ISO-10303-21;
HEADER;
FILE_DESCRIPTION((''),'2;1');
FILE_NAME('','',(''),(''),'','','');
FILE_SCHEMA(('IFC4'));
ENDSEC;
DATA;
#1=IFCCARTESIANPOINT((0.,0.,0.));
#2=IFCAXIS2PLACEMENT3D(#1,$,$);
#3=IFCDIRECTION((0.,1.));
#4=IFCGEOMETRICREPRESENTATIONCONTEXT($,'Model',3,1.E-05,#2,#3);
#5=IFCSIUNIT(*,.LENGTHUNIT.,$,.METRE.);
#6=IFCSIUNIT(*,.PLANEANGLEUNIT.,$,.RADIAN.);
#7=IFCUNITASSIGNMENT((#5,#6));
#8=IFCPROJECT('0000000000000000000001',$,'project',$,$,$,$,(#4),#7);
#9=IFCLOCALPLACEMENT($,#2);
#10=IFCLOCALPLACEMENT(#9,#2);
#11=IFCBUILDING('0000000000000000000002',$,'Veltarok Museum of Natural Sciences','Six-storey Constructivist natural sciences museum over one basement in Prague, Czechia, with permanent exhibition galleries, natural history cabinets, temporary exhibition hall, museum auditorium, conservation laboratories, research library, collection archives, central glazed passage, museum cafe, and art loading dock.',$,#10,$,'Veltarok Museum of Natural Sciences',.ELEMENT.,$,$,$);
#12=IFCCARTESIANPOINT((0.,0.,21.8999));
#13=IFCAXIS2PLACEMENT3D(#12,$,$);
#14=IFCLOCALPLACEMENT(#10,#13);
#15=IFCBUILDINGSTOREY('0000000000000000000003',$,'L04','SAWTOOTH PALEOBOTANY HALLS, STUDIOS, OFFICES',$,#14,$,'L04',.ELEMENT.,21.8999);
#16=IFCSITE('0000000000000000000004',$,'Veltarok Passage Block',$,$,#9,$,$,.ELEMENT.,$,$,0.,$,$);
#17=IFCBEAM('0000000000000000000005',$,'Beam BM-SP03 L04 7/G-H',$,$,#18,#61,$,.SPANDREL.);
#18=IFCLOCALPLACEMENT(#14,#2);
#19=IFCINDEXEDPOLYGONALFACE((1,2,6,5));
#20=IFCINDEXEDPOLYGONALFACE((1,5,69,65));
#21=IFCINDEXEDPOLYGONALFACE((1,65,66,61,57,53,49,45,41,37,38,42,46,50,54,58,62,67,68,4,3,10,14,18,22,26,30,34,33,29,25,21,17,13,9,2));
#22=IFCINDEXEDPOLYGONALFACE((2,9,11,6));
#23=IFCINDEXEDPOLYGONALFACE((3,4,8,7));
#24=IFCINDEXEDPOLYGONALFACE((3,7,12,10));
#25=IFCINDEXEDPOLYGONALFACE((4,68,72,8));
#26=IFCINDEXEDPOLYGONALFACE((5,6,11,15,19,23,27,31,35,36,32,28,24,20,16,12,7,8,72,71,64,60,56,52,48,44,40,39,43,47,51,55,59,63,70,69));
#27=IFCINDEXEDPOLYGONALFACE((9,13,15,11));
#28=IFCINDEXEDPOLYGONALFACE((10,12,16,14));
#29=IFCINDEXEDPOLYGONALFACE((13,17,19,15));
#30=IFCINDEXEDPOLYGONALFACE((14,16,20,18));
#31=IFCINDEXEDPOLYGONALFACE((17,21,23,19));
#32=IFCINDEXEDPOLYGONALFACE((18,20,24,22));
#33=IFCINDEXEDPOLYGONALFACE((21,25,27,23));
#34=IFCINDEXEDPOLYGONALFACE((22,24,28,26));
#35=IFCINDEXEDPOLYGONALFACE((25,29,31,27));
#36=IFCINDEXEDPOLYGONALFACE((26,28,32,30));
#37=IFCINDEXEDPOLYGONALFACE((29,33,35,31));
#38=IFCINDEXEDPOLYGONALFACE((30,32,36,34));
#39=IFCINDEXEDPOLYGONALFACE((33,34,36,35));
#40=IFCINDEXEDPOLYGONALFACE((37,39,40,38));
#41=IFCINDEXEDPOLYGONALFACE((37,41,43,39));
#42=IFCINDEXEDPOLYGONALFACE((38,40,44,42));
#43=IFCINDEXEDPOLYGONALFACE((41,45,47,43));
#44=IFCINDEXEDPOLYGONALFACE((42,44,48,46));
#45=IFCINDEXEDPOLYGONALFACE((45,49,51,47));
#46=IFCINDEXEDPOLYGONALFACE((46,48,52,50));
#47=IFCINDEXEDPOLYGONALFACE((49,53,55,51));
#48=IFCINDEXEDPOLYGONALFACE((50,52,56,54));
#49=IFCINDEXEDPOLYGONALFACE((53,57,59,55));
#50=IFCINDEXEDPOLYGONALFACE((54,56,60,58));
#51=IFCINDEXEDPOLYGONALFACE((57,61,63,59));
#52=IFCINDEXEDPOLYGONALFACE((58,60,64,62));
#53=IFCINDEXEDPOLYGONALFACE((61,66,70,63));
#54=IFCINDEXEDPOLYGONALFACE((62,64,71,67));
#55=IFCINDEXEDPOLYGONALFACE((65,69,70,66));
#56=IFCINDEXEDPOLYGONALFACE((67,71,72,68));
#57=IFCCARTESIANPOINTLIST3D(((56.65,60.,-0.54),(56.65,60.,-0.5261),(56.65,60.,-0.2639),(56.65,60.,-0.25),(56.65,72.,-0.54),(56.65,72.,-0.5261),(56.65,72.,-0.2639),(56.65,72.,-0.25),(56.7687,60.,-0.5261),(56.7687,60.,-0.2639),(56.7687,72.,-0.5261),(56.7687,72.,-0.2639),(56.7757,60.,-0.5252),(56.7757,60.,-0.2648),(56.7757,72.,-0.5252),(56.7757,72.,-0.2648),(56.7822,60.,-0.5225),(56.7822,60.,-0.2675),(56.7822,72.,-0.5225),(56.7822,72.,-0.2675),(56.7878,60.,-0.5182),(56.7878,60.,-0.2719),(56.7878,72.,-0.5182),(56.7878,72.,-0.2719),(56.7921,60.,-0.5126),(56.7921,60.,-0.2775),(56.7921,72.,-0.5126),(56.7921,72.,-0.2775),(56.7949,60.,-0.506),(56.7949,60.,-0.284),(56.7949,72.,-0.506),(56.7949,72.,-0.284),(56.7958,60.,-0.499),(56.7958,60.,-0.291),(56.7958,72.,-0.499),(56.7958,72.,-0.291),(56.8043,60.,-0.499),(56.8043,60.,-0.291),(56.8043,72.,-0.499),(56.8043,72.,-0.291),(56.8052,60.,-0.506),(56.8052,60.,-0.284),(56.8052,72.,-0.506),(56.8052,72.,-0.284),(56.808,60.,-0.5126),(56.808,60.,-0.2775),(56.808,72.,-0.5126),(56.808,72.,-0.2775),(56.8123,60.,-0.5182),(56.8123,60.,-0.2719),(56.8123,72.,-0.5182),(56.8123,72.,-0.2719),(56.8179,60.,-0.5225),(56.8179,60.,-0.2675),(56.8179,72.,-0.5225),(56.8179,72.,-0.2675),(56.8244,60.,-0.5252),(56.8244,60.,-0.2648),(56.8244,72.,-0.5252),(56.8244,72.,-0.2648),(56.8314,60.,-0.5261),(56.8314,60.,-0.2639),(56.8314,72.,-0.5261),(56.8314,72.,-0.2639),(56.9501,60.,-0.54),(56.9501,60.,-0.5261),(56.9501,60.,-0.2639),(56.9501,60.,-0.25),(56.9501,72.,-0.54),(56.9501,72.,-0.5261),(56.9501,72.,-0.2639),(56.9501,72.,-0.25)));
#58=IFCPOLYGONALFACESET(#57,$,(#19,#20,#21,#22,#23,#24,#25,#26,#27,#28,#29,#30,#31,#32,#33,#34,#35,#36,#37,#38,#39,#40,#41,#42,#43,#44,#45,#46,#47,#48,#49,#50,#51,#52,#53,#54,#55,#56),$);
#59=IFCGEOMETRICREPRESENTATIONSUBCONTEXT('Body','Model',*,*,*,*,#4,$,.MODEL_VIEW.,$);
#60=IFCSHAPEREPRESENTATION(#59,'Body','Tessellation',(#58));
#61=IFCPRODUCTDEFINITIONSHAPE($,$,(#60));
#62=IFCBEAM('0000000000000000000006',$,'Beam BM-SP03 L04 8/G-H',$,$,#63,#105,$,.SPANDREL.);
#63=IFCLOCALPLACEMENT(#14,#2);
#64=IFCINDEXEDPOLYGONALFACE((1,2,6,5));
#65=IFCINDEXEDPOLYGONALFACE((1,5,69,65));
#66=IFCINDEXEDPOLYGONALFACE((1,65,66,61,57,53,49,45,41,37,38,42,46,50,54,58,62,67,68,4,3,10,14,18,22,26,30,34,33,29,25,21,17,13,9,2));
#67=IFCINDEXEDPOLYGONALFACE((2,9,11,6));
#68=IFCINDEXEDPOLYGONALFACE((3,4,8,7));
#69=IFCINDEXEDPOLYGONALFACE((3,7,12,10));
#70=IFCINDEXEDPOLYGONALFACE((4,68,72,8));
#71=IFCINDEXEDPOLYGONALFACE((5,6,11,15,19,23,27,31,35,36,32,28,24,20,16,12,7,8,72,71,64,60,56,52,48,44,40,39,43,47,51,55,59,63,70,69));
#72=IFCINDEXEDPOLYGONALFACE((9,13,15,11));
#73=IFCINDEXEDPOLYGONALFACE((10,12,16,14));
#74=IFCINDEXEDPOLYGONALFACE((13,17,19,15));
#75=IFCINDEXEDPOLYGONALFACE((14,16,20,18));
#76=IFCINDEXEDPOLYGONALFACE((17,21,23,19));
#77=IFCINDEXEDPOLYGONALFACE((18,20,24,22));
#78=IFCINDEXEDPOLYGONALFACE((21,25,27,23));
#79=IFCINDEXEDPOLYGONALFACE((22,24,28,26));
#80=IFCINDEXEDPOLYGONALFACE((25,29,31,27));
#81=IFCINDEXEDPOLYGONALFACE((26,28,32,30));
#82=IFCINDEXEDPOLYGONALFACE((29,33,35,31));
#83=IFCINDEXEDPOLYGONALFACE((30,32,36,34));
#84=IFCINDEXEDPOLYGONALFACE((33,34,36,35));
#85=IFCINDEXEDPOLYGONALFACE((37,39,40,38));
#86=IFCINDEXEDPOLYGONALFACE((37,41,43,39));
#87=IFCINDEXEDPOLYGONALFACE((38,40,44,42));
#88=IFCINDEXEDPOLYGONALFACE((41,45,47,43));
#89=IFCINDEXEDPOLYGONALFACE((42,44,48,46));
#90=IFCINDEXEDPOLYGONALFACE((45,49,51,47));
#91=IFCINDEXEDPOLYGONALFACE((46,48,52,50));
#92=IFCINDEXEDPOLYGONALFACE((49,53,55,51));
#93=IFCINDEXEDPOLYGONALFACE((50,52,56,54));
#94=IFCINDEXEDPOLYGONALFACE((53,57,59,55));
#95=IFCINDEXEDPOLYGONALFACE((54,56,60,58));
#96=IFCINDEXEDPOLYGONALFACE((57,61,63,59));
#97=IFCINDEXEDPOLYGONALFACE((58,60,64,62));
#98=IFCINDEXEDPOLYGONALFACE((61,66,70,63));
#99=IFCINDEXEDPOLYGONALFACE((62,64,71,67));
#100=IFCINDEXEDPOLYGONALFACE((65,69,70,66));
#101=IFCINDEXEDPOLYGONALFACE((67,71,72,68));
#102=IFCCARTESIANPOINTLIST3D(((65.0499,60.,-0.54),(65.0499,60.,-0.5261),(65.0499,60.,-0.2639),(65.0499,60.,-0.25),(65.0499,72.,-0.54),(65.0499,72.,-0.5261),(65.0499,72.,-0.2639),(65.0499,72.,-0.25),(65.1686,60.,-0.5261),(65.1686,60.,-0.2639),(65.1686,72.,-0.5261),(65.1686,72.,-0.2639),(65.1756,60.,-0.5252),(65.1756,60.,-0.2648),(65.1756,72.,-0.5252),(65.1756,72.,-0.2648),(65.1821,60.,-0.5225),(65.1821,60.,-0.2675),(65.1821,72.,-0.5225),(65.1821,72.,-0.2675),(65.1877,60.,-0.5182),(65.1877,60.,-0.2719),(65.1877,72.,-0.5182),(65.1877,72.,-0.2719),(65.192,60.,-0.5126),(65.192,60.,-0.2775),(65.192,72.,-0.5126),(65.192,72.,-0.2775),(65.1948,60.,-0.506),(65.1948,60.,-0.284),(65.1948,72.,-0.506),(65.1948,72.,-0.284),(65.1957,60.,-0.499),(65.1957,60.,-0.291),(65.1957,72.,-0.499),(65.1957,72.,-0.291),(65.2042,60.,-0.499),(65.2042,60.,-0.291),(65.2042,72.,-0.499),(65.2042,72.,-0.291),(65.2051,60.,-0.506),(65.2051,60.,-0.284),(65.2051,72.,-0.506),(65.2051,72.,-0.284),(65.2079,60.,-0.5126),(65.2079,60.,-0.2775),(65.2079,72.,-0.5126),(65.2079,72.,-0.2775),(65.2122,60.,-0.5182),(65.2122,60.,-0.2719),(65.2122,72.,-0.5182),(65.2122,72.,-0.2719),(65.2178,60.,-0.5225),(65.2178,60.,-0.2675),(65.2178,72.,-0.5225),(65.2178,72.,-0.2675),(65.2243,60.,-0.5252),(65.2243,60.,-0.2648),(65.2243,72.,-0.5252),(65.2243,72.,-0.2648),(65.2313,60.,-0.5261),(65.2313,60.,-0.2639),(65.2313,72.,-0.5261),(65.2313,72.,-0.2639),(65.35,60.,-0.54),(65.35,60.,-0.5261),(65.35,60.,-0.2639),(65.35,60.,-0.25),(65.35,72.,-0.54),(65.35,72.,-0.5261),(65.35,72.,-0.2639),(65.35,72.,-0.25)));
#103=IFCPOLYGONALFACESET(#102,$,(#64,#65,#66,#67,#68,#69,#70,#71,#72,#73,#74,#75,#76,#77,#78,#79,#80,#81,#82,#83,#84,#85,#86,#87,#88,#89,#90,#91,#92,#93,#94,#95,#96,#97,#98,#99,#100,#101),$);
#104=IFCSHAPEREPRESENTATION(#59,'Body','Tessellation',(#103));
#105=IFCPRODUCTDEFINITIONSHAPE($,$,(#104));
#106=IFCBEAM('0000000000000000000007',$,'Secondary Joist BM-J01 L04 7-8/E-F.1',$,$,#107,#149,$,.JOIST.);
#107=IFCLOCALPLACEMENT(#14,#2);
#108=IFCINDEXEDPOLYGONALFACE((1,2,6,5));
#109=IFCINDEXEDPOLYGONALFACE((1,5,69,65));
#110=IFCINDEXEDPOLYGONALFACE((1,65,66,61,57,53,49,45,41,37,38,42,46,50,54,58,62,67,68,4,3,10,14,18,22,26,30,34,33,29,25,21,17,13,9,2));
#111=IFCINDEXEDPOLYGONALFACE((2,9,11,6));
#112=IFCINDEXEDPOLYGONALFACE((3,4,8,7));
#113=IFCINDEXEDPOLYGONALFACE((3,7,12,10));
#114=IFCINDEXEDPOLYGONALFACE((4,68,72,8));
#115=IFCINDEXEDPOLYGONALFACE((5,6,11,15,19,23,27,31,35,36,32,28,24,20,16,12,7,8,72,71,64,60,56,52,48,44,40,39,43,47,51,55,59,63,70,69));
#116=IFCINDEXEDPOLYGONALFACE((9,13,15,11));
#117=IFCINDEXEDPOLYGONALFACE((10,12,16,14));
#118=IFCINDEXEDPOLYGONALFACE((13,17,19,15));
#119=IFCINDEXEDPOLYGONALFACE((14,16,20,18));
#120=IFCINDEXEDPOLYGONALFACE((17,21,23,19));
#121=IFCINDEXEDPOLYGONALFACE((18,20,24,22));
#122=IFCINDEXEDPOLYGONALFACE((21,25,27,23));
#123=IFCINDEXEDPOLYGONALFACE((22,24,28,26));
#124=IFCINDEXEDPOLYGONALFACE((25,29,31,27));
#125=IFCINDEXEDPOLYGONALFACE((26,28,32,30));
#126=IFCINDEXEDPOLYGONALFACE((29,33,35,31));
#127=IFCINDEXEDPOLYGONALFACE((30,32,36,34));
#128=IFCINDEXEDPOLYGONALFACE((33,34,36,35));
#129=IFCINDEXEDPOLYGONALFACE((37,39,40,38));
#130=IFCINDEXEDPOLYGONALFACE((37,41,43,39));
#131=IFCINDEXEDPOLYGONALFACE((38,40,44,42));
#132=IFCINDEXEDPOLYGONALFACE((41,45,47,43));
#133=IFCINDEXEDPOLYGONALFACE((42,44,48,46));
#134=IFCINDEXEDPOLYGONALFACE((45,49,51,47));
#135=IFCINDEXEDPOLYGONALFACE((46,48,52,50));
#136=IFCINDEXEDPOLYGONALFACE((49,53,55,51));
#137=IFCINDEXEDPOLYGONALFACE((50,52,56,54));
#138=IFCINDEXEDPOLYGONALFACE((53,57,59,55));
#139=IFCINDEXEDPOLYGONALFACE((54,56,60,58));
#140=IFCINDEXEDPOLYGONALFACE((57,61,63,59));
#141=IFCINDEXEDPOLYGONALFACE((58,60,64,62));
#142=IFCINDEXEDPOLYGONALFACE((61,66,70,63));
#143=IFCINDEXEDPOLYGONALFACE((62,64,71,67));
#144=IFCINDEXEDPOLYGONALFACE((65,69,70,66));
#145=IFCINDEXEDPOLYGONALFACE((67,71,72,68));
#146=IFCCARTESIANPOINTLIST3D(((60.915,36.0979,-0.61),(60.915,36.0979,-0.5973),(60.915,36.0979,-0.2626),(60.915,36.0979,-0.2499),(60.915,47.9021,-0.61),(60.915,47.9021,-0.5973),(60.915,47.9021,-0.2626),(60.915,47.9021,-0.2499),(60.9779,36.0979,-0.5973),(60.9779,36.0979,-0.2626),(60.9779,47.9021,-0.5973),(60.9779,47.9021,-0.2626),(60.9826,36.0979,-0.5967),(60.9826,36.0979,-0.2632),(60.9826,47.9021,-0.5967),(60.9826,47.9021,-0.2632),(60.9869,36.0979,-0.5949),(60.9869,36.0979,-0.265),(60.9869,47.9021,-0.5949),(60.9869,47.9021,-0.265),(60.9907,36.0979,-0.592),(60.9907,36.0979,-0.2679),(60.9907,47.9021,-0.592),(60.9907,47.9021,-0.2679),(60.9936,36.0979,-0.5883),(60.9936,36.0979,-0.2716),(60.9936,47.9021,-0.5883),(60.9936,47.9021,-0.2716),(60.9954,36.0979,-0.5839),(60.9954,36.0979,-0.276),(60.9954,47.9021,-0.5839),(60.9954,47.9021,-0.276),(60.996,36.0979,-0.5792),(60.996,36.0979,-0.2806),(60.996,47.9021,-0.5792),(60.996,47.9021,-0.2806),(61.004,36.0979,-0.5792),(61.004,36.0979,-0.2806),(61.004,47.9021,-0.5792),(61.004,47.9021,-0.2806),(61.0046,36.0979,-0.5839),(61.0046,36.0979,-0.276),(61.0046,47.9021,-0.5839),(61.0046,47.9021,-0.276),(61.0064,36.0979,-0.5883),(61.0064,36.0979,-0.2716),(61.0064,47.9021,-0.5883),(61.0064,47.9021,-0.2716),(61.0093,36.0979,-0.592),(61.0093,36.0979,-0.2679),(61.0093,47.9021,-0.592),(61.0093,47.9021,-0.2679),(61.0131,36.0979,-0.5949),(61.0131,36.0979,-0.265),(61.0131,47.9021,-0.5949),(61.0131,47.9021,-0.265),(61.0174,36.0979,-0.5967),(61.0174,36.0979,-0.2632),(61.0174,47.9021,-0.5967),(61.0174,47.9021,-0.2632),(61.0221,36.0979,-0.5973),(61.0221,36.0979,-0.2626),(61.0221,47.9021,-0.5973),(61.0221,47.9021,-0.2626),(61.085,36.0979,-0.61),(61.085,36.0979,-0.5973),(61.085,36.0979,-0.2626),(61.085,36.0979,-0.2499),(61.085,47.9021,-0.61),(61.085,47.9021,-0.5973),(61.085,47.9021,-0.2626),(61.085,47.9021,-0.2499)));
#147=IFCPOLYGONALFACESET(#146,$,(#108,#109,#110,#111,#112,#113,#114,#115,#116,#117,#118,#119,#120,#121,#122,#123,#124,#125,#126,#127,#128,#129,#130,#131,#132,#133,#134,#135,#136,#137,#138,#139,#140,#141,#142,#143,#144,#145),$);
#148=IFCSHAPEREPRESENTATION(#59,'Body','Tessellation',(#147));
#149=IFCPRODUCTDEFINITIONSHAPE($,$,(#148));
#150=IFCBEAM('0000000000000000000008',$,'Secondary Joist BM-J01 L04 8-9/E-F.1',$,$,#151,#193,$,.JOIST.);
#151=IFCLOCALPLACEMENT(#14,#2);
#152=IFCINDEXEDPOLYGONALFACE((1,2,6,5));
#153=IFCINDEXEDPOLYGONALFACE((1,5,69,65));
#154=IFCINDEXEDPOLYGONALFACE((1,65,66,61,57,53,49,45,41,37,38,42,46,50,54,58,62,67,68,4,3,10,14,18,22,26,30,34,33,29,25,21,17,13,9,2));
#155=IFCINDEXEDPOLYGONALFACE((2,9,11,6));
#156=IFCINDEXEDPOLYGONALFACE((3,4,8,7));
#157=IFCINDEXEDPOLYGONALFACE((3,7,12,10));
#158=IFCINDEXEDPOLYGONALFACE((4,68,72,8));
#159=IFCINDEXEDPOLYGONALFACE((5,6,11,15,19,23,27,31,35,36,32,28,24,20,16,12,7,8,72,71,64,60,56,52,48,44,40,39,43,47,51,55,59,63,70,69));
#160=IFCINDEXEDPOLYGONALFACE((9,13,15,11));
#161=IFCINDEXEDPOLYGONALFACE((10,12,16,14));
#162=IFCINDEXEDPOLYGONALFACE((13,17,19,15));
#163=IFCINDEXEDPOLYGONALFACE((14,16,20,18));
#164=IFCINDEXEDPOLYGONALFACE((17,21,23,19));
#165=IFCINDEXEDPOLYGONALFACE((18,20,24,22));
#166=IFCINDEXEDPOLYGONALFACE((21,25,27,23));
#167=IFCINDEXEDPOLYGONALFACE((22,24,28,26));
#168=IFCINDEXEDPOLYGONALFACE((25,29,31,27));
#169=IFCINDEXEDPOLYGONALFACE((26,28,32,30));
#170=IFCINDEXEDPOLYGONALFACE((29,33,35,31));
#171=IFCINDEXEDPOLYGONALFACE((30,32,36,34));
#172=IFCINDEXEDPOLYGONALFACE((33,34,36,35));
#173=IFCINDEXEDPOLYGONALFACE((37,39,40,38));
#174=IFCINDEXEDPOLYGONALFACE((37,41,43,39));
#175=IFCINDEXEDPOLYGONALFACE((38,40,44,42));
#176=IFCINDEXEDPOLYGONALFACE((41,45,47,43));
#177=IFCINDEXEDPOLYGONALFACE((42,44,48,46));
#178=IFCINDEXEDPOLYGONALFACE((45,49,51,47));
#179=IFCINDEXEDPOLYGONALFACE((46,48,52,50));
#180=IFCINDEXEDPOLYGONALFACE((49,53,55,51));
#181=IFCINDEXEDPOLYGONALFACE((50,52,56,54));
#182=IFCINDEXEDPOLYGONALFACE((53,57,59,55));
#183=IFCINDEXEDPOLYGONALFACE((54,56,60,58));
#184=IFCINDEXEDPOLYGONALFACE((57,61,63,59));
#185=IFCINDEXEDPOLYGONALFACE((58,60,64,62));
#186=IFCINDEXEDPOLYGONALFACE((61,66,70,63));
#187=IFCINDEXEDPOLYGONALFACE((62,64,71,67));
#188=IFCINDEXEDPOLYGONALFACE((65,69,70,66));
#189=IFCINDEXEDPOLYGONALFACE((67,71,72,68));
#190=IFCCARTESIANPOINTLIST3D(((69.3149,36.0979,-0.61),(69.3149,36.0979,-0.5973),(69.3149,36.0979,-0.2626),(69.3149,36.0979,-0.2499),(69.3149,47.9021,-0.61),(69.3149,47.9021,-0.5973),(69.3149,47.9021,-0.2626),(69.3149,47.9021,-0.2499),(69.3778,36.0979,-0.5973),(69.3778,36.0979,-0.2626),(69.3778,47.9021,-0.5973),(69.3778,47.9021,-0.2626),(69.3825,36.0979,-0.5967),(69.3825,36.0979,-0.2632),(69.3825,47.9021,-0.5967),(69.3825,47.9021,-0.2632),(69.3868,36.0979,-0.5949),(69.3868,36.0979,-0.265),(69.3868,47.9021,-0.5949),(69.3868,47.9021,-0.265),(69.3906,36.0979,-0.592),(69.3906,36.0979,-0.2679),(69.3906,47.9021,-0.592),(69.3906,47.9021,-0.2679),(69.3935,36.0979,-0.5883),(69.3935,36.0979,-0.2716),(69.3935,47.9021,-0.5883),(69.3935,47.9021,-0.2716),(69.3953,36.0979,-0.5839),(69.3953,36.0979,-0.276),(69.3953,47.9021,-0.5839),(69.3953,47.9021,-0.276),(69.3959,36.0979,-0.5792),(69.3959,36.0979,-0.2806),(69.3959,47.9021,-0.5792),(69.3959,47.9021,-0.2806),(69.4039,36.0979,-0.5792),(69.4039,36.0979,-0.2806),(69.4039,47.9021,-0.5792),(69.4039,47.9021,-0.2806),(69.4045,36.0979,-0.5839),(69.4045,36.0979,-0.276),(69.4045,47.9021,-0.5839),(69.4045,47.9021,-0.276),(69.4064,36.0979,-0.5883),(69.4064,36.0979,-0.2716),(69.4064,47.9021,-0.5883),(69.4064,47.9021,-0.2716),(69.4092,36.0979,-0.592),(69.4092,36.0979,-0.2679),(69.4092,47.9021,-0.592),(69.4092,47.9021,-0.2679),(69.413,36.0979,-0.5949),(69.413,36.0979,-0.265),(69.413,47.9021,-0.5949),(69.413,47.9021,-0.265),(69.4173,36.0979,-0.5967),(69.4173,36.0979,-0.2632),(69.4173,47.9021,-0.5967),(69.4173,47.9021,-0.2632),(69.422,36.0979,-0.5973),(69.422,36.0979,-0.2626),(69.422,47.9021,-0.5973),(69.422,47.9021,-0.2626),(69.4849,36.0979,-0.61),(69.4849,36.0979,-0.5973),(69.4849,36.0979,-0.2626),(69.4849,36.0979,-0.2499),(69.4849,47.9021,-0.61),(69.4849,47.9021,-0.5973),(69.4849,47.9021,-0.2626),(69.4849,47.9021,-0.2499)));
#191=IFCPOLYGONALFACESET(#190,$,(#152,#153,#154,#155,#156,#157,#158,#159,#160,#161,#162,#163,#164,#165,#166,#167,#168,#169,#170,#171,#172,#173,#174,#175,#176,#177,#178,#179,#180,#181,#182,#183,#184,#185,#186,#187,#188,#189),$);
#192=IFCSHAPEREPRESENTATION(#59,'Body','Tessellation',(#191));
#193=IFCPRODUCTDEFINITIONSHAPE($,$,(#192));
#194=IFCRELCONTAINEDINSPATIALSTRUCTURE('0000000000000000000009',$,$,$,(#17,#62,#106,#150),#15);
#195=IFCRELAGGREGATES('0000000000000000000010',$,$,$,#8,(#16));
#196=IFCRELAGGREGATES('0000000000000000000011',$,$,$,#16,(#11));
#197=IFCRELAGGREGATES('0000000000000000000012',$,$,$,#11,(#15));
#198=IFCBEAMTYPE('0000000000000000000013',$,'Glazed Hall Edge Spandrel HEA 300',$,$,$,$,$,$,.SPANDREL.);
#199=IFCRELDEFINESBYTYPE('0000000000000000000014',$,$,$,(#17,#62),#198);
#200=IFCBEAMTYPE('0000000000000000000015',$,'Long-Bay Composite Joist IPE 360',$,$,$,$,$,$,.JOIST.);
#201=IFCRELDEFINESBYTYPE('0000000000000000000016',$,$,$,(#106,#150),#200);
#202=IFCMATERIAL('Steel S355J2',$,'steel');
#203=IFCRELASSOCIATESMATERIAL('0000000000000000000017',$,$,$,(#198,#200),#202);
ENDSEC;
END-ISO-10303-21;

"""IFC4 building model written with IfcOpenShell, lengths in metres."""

from ifc_helpers import new_model, si_unit, direction, frame, origin, origin_2d, place, context, subcontext, project, spatial, i_section, extrude, material, material_profile, profile_set, type_object, element, save


model = new_model("IFC4")

# Units and contexts
model_context = context("Model", 3, precision=1e-05, world=origin(), true_north=direction((0.0, 1.0)))
body_context = subcontext(model_context, "Body", "Model", "MODEL_VIEW")
ifc_project = project(units=[si_unit("LENGTHUNIT", "METRE"), si_unit("PLANEANGLEUNIT", "RADIAN")], contexts=[model_context])

# Site, building, storey
site_placement = place(None, origin())
site = spatial("IfcSite", under=ifc_project, at=site_placement, Name="Veltarok Passage Block", CompositionType="ELEMENT", RefElevation=0.0)
building_placement = place(site_placement, origin())
building = spatial("IfcBuilding", under=site, at=building_placement, Name="Veltarok Museum of Natural Sciences", Description="Six-storey Constructivist natural sciences museum over one basement in Prague, Czechia, with permanent exhibition galleries, natural history cabinets, temporary exhibition hall, museum auditorium, conservation laboratories, research library, collection archives, central glazed passage, museum cafe, and art loading dock.", LongName="Veltarok Museum of Natural Sciences", CompositionType="ELEMENT")
storey_placement = place(building_placement, frame((0.0, 0.0, 21.8999)))
storey = spatial("IfcBuildingStorey", under=building, at=storey_placement, Name="L04", Description="SAWTOOTH PALEOBOTANY HALLS, STUDIOS, OFFICES", LongName="L04", CompositionType="ELEMENT", Elevation=21.8999)

# Shared definitions
ifc_material = material(Name="Steel S355J2", Category="steel")

# Beams
ifc_material_profile_1 = material_profile(ifc_material, i_section(OverallWidth=0.3, OverallDepth=0.29, WebThickness=0.0085, FlangeThickness=0.0139, FilletRadius=0.0271, at=origin_2d()), Name="HEA 300")
ifc_profile_set_1 = profile_set([ifc_material_profile_1], Name="Steel S355J2")
beam_type_1 = type_object("IfcBeamType", Name="Glazed Hall Edge Spandrel HEA 300", PredefinedType="SPANDREL", material=ifc_profile_set_1)
for number, where, z_axis, x_axis, name in (
    (1, (56.8, 60.0, -0.395), (0.0, 1.0, 0.0), (-1.0, 0.0, 0.0), "Beam BM-SP03 L04 7/G-H"),
    (2, (65.2, 60.0, -0.395), (0.0, 1.0, 0.0), (-1.0, 0.0, 0.0), "Beam BM-SP03 L04 8/G-H"),
):
    element("IfcBeam", number, at=place(storey_placement, frame(where, z_axis=z_axis, x_axis=x_axis)), inside=storey, type_object=beam_type_1, Name=name, PredefinedType="SPANDREL", context=body_context, shape_type="SweptSolid", body=[
        extrude(i_section(OverallWidth=0.3, OverallDepth=0.29, WebThickness=0.0085, FlangeThickness=0.0139, FilletRadius=0.0271, at=origin_2d()), origin(), (0.0, 0.0, 1.0), 12.0),
    ])
ifc_material_profile_2 = material_profile(ifc_material, i_section(OverallWidth=0.1699, OverallDepth=0.3601, WebThickness=0.0081, FlangeThickness=0.0127, FilletRadius=0.0181, at=origin_2d()), Name="IPE 360")
ifc_profile_set_2 = profile_set([ifc_material_profile_2], Name="Steel S355J2")
beam_type_2 = type_object("IfcBeamType", Name="Long-Bay Composite Joist IPE 360", PredefinedType="JOIST", material=ifc_profile_set_2)
for number, where, z_axis, x_axis, name in (
    (3, (61.0, 36.0979, -0.4299), (0.0, 1.0, 0.0), (-1.0, 0.0, 0.0), "Secondary Joist BM-J01 L04 7-8/E-F.1"),
    (4, (69.3999, 36.0979, -0.4299), (0.0, 1.0, 0.0), (-1.0, 0.0, 0.0), "Secondary Joist BM-J01 L04 8-9/E-F.1"),
):
    element("IfcBeam", number, at=place(storey_placement, frame(where, z_axis=z_axis, x_axis=x_axis)), inside=storey, type_object=beam_type_2, Name=name, PredefinedType="JOIST", context=body_context, shape_type="SweptSolid", body=[
        extrude(i_section(OverallWidth=0.1699, OverallDepth=0.3601, WebThickness=0.0081, FlangeThickness=0.0127, FilletRadius=0.0181, at=origin_2d()), origin(), (0.0, 0.0, 1.0), 11.8042),
    ])

save(model, "model.ifc")
